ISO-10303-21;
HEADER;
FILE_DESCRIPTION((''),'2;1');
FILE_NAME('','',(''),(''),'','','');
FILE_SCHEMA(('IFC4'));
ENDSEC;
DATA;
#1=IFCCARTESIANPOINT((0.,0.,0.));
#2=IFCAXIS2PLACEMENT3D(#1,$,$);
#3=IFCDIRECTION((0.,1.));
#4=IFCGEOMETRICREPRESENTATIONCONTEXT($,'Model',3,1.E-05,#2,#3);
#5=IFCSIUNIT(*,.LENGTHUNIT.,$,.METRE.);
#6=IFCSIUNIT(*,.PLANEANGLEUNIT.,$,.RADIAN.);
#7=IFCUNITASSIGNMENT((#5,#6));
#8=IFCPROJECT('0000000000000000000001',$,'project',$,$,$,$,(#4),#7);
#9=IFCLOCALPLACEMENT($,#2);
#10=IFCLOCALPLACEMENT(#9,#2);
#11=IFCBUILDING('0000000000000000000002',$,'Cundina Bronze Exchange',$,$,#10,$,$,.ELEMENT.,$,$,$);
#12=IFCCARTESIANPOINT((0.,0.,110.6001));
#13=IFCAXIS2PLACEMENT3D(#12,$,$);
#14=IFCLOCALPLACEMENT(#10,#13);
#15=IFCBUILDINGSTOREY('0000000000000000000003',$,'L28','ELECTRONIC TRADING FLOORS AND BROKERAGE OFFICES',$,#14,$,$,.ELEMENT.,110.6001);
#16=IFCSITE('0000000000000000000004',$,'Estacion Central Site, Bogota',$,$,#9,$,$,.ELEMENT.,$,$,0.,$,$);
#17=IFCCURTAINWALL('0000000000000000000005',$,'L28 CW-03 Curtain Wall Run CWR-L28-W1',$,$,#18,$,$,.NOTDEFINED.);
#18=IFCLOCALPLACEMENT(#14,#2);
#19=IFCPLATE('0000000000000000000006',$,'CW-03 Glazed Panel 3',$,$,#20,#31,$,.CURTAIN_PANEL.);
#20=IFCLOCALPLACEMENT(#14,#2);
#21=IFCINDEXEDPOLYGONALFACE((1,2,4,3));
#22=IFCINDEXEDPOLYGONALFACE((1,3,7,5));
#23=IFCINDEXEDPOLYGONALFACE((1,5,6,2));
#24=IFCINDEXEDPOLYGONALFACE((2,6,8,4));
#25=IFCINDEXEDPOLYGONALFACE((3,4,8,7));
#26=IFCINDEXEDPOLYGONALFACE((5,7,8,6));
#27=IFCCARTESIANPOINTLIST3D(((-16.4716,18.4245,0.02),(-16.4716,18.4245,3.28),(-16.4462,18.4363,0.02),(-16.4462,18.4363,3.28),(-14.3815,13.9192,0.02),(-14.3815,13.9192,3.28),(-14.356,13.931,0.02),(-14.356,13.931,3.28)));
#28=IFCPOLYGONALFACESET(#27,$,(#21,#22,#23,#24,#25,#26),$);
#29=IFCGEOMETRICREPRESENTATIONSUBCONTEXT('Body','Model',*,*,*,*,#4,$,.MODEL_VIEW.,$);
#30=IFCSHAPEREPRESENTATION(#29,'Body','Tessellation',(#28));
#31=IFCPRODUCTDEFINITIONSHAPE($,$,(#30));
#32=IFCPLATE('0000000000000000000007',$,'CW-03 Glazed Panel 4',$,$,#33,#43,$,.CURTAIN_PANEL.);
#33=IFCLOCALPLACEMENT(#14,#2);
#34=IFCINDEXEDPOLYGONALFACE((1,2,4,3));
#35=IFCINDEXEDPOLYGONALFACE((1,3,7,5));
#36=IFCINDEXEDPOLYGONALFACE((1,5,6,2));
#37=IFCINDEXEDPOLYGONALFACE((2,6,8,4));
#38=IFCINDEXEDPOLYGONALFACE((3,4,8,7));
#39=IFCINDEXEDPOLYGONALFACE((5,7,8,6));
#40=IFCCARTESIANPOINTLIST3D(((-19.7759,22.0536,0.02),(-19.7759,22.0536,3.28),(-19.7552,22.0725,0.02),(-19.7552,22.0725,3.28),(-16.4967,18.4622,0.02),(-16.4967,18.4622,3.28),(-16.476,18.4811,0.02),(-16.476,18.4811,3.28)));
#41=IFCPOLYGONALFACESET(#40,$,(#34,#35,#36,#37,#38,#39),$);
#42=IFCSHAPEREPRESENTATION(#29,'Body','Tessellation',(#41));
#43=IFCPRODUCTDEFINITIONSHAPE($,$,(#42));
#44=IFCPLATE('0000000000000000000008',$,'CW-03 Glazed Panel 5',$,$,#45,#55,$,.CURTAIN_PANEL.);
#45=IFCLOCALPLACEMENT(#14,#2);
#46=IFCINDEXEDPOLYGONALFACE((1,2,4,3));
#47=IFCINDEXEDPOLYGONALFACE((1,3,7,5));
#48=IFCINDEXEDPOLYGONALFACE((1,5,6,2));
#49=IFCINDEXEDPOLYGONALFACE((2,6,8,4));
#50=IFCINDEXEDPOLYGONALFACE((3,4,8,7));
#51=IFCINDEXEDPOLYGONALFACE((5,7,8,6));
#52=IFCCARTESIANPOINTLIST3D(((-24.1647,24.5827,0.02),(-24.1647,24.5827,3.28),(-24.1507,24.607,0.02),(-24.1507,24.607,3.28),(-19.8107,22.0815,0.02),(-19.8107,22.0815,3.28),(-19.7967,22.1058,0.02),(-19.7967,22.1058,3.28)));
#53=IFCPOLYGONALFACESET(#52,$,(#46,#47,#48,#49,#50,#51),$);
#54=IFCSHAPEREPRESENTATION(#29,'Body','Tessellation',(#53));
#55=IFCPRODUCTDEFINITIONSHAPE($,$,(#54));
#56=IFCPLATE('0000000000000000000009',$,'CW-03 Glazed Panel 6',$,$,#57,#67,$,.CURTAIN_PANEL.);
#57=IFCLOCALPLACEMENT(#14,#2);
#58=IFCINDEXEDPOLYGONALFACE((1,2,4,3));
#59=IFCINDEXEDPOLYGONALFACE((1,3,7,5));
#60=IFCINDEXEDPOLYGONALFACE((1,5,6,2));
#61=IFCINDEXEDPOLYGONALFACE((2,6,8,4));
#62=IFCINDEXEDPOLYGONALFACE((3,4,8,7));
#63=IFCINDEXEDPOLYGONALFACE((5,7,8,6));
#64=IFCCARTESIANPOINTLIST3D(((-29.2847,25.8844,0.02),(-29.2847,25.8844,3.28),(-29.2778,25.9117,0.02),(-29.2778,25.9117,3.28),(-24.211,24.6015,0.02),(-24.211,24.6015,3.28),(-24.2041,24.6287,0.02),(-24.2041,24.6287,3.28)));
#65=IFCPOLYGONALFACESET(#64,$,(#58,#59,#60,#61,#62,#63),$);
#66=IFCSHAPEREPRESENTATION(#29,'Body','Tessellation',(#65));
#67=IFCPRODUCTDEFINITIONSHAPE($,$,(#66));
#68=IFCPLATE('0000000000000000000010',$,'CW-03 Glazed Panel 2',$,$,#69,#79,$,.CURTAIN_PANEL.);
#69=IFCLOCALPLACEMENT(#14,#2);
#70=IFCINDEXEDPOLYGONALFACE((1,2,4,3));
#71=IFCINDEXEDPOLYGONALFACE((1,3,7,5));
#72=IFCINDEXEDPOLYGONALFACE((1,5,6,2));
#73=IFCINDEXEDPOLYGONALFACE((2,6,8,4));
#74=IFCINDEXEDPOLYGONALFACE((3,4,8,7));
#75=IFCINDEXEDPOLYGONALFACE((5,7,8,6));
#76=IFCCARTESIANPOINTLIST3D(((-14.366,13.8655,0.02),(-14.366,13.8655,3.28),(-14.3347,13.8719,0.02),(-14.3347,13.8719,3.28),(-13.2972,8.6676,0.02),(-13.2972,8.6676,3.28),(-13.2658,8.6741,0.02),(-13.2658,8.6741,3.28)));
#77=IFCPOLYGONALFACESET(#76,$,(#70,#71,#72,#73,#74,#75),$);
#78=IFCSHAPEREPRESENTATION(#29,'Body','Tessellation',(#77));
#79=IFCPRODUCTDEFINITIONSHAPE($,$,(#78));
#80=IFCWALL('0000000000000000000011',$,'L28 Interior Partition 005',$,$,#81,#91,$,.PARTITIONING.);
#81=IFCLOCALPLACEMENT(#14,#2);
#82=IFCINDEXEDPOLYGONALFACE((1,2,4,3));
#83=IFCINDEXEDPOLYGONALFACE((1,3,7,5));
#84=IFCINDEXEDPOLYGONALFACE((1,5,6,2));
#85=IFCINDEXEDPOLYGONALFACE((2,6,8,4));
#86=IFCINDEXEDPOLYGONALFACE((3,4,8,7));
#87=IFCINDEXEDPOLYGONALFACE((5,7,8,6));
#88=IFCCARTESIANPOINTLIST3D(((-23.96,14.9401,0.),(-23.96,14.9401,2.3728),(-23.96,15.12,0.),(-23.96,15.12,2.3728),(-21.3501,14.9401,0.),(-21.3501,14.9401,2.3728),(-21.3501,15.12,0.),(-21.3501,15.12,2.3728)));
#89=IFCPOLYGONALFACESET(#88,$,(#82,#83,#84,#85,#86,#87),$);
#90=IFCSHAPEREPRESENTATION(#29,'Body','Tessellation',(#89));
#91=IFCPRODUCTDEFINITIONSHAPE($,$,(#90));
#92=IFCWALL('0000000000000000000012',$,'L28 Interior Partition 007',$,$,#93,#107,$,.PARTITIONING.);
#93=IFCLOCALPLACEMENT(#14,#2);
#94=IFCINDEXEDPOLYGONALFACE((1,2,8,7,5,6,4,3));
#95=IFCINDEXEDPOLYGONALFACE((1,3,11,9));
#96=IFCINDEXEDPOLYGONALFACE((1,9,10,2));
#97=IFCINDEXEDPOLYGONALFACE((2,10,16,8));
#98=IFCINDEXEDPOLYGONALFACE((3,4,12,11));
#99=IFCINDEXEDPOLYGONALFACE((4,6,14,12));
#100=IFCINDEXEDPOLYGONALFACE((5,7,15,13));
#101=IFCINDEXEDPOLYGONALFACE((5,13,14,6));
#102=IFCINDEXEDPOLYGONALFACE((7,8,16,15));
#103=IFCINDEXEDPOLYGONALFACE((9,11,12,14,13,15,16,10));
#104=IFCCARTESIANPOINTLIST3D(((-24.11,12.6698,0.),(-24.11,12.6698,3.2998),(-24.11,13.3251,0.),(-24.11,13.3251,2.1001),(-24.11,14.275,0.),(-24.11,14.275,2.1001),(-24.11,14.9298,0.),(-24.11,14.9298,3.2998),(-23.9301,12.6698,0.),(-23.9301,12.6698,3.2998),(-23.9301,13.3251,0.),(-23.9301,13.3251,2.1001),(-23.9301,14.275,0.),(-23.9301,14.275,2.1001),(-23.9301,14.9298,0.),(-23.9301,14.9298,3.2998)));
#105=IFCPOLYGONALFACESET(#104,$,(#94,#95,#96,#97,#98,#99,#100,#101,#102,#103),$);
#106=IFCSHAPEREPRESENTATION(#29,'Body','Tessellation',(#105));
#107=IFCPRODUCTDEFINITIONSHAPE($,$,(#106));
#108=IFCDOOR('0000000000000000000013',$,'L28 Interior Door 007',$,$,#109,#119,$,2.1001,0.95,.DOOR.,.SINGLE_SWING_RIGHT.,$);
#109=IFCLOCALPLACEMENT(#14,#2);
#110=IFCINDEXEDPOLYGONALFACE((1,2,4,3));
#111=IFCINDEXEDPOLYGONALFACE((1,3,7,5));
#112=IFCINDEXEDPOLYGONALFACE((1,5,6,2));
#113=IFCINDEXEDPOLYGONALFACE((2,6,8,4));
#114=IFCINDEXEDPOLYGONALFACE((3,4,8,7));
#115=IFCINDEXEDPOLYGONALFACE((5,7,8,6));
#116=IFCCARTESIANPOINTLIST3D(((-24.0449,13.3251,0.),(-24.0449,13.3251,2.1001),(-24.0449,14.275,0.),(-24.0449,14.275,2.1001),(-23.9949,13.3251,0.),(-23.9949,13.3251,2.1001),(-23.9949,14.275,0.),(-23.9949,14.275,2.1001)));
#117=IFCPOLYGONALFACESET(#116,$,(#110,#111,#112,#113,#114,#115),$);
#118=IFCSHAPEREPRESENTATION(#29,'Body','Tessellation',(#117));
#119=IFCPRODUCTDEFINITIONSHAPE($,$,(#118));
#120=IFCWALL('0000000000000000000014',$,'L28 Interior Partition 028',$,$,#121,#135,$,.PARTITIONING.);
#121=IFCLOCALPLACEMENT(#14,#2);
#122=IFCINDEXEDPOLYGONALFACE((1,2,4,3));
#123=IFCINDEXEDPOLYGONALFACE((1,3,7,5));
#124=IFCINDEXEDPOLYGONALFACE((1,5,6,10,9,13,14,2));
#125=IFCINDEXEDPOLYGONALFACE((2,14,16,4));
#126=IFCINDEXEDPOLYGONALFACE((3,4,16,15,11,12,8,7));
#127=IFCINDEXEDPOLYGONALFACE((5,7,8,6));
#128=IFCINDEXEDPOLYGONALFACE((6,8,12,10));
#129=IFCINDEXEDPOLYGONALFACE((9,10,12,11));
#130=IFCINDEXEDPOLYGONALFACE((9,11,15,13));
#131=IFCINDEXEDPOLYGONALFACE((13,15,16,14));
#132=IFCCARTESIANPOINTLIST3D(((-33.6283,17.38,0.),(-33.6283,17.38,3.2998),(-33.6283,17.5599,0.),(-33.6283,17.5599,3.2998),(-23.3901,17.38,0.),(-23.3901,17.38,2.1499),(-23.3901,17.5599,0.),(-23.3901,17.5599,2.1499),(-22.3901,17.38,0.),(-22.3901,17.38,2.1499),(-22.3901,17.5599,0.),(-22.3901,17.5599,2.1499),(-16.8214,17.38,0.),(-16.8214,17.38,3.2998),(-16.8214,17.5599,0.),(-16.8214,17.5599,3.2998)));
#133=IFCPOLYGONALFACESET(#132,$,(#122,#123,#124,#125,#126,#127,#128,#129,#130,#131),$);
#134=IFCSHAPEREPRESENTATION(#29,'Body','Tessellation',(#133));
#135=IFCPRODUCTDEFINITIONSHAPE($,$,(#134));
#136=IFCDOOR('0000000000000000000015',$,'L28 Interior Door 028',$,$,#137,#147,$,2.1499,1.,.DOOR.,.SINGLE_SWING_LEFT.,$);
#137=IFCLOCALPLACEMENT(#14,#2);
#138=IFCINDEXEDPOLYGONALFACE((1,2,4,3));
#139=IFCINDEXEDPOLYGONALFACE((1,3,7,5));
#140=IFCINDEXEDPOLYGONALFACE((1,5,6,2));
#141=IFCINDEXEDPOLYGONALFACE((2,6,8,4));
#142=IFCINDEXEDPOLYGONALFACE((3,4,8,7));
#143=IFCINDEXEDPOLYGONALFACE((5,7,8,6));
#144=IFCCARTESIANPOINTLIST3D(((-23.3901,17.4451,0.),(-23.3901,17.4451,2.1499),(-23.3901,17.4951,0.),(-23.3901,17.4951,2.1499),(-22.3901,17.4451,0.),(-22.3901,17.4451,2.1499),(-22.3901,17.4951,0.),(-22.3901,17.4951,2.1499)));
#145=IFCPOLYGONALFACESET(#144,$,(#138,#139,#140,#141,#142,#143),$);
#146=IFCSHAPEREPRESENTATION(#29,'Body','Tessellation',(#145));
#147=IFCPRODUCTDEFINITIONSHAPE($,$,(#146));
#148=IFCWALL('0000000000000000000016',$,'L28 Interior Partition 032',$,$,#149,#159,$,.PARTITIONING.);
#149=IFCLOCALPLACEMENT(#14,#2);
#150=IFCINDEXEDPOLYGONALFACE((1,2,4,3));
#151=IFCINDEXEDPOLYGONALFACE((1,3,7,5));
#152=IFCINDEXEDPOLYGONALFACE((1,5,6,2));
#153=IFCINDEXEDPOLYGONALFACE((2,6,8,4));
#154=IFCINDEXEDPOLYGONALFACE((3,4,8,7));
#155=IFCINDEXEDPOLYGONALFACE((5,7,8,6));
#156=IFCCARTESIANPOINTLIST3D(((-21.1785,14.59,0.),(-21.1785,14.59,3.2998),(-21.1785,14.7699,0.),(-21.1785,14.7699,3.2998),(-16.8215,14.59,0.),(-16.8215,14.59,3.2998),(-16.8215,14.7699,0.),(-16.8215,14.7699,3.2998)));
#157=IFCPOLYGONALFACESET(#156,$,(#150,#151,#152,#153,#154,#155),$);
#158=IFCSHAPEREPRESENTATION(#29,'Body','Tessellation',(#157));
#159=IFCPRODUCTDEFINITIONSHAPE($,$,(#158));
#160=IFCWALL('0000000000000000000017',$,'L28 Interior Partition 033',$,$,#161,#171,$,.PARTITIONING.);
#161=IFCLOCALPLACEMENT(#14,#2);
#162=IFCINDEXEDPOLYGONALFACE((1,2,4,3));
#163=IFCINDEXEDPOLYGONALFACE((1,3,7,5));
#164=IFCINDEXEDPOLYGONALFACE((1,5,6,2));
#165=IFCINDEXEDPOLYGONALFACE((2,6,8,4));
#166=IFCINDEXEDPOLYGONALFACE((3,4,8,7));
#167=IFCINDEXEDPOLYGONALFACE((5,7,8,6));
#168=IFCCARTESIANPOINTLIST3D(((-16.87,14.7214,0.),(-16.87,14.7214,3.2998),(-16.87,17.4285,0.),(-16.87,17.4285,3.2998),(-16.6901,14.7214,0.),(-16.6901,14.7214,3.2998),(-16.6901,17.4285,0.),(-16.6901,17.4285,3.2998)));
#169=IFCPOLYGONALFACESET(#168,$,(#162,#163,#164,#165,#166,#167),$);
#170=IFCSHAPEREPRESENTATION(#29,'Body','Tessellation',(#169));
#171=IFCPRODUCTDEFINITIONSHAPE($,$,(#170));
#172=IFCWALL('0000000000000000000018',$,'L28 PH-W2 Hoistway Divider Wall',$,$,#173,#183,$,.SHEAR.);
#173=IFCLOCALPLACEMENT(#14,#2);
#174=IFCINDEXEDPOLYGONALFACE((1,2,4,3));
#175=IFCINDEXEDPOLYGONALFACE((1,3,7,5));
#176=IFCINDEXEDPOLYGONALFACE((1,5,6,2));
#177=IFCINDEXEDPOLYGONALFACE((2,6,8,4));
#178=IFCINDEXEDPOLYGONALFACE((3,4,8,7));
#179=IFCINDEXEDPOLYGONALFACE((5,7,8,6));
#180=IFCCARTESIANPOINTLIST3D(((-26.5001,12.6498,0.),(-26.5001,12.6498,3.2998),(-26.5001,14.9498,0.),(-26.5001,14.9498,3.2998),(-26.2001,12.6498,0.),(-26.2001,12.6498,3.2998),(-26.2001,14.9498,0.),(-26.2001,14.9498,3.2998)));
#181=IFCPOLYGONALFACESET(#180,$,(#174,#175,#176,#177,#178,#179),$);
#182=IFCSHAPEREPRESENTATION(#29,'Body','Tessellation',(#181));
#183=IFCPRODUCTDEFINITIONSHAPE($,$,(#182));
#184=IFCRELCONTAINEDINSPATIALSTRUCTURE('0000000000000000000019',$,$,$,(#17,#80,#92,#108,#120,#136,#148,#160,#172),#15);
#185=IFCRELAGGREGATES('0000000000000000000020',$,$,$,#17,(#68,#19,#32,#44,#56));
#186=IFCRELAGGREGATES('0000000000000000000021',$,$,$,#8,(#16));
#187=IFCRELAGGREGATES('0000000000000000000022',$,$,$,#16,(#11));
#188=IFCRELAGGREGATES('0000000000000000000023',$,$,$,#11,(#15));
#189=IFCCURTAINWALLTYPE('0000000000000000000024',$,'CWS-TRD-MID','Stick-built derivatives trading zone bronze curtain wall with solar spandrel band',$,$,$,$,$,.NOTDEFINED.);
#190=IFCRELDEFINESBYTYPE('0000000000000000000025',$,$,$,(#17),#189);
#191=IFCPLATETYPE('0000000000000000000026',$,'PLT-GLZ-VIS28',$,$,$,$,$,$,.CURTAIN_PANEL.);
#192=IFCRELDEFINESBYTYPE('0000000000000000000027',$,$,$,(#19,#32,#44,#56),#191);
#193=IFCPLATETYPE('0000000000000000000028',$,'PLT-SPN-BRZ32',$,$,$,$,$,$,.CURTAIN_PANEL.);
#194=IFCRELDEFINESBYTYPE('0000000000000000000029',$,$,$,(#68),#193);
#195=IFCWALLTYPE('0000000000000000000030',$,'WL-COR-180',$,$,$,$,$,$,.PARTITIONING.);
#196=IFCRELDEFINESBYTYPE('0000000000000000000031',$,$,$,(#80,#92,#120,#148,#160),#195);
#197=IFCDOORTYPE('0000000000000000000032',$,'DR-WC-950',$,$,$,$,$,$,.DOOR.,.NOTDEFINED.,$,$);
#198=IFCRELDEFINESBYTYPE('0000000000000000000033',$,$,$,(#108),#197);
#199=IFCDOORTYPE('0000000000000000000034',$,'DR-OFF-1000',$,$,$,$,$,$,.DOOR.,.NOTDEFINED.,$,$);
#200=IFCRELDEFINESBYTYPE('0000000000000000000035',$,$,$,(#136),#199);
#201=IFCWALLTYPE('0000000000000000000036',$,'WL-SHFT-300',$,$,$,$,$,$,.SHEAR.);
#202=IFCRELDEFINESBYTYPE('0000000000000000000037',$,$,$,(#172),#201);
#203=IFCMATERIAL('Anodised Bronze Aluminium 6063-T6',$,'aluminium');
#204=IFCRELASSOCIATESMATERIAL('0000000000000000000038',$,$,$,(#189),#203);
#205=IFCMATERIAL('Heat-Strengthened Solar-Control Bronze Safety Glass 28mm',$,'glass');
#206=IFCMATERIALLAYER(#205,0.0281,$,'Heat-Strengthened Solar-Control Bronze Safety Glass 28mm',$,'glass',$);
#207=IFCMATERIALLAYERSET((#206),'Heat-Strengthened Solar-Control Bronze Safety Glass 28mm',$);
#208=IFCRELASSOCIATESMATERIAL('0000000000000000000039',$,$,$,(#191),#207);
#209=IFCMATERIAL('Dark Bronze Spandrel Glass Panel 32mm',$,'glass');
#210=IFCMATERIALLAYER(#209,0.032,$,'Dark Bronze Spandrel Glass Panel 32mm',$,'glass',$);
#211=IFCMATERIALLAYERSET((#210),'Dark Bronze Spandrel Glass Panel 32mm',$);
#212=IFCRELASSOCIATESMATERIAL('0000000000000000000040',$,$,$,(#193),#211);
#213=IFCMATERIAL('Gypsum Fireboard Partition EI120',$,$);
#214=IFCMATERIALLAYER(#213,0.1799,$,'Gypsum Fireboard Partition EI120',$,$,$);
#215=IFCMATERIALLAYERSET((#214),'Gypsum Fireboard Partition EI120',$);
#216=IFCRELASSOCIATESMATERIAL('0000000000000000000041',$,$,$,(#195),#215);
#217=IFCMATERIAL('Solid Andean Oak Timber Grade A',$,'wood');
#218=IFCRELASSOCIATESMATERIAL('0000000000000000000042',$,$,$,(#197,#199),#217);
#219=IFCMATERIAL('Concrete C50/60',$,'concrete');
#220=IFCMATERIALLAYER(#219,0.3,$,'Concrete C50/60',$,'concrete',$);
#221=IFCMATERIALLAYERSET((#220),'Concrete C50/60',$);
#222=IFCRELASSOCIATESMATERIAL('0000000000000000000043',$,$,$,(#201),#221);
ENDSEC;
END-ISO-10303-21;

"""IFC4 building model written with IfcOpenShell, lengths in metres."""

from ifc_helpers import new_model, si_unit, direction, frame, frame_2d, origin, origin_2d, place, context, subcontext, project, spatial, rectangle, extrude, material, layer, layer_set, type_object, element, fill, aggregate, save


model = new_model("IFC4")

# Units and contexts
model_context = context("Model", 3, precision=1e-05, world=origin(), true_north=direction((0.0, 1.0)))
body_context = subcontext(model_context, "Body", "Model", "MODEL_VIEW")
ifc_project = project(units=[si_unit("LENGTHUNIT", "METRE"), si_unit("PLANEANGLEUNIT", "RADIAN")], contexts=[model_context])

# Site, building, storey
site_placement = place(None, origin())
site = spatial("IfcSite", under=ifc_project, at=site_placement, Name="Estacion Central Site, Bogota", CompositionType="ELEMENT", RefElevation=0.0)
building_placement = place(site_placement, origin())
building = spatial("IfcBuilding", under=site, at=building_placement, Name="Cundina Bronze Exchange", CompositionType="ELEMENT")
storey_placement = place(building_placement, frame((0.0, 0.0, 110.6001)))
storey = spatial("IfcBuildingStorey", under=building, at=storey_placement, Name="L28", Description="ELECTRONIC TRADING FLOORS AND BROKERAGE OFFICES", CompositionType="ELEMENT", Elevation=110.6001)

# Curtain wall, plates
ifc_material_1 = material(Name="Anodised Bronze Aluminium 6063-T6", Category="aluminium")
curtain_wall_type = type_object("IfcCurtainWallType", Name="CWS-TRD-MID", Description="Stick-built derivatives trading zone bronze curtain wall with solar spandrel band", PredefinedType="NOTDEFINED", material=ifc_material_1)
curtain_wall_placement = place(storey_placement, origin())
curtain_wall = element("IfcCurtainWall", 1, at=curtain_wall_placement, inside=storey, type_object=curtain_wall_type, Name="L28 CW-03 Curtain Wall Run CWR-L28-W1", PredefinedType="NOTDEFINED")
ifc_material_2 = material(Name="Heat-Strengthened Solar-Control Bronze Safety Glass 28mm", Category="glass")
ifc_layer_1 = layer(ifc_material_2, 0.0281, Name="Heat-Strengthened Solar-Control Bronze Safety Glass 28mm", Category="glass")
ifc_layer_set_1 = layer_set([ifc_layer_1], Name="Heat-Strengthened Solar-Control Bronze Safety Glass 28mm")
plate_type_1 = type_object("IfcPlateType", Name="PLT-GLZ-VIS28", PredefinedType="CURTAIN_PANEL", material=ifc_layer_set_1)
plate_1_placement = place(storey_placement, frame((-15.4138, 16.1777, 0.02), z_axis=(0.0, 0.0, 1.0), x_axis=(-0.420846, 0.907132, 0.0)))
plate_1 = element("IfcPlate", 2, at=plate_1_placement, type_object=plate_type_1, Name="CW-03 Glazed Panel 3", PredefinedType="CURTAIN_PANEL", context=body_context, shape_type="SweptSolid", body=[
    extrude(rectangle(XDim=4.9666, YDim=0.0281, at=origin_2d()), origin(), (0.0, 0.0, 1.0), 3.26),
])
plate_2_placement = place(storey_placement, frame((-18.126, 20.2673, 0.02), z_axis=(0.0, 0.0, 1.0), x_axis=(-0.674277, 0.738479, 0.0)))
plate_2 = element("IfcPlate", 3, at=plate_2_placement, type_object=plate_type_1, Name="CW-03 Glazed Panel 4", PredefinedType="CURTAIN_PANEL", context=body_context, shape_type="SweptSolid", body=[
    extrude(rectangle(XDim=4.8633, YDim=0.0281, at=origin_2d()), origin(), (0.0, 0.0, 1.0), 3.26),
])
plate_3_placement = place(storey_placement, frame((-21.9807, 23.3442, 0.02), z_axis=(0.0, 0.0, 1.0), x_axis=(-0.867105, 0.498125, 0.0)))
plate_3 = element("IfcPlate", 4, at=plate_3_placement, type_object=plate_type_1, Name="CW-03 Glazed Panel 5", PredefinedType="CURTAIN_PANEL", context=body_context, shape_type="SweptSolid", body=[
    extrude(rectangle(XDim=5.0212, YDim=0.0281, at=origin_2d()), origin(), (0.0, 0.0, 1.0), 3.26),
])
plate_4_placement = place(storey_placement, frame((-26.7444, 25.2566, 0.02), z_axis=(0.0, 0.0, 1.0), x_axis=(-0.969488, 0.245138, 0.0)))
plate_4 = element("IfcPlate", 5, at=plate_4_placement, type_object=plate_type_1, Name="CW-03 Glazed Panel 6", PredefinedType="CURTAIN_PANEL", context=body_context, shape_type="SweptSolid", body=[
    extrude(rectangle(XDim=5.2334, YDim=0.0281, at=origin_2d()), origin(), (0.0, 0.0, 1.0), 3.26),
])
ifc_material_3 = material(Name="Dark Bronze Spandrel Glass Panel 32mm", Category="glass")
ifc_layer_2 = layer(ifc_material_3, 0.032, Name="Dark Bronze Spandrel Glass Panel 32mm", Category="glass")
ifc_layer_set_2 = layer_set([ifc_layer_2], Name="Dark Bronze Spandrel Glass Panel 32mm")
plate_type_2 = type_object("IfcPlateType", Name="PLT-SPN-BRZ32", PredefinedType="CURTAIN_PANEL", material=ifc_layer_set_2)
plate_5_placement = place(storey_placement, frame((-13.8159, 11.2698, 0.02), z_axis=(0.0, 0.0, 1.0), x_axis=(-0.20142, 0.979505, 0.0)))
plate_5 = element("IfcPlate", 6, at=plate_5_placement, type_object=plate_type_2, Name="CW-03 Glazed Panel 2", PredefinedType="CURTAIN_PANEL", context=body_context, shape_type="SweptSolid", body=[
    extrude(rectangle(XDim=5.3066, YDim=0.032, at=origin_2d()), origin(), (0.0, 0.0, 1.0), 3.26),
])
aggregate(curtain_wall, [plate_5, plate_1, plate_2, plate_3, plate_4])

# Wall
ifc_material_4 = material(Name="Gypsum Fireboard Partition EI120")
ifc_layer_3 = layer(ifc_material_4, 0.1799, Name="Gypsum Fireboard Partition EI120")
ifc_layer_set_3 = layer_set([ifc_layer_3], Name="Gypsum Fireboard Partition EI120")
wall_type_1 = type_object("IfcWallType", Name="WL-COR-180", PredefinedType="PARTITIONING", material=ifc_layer_set_3)
wall_1_placement = place(storey_placement, frame((-23.96, 15.03, 0.0), z_axis=(0.0, 0.0, 1.0), x_axis=(1.0, 0.0, 0.0)))
element("IfcWall", 7, at=wall_1_placement, inside=storey, type_object=wall_type_1, Name="L28 Interior Partition 005", PredefinedType="PARTITIONING", context=body_context, shape_type="SweptSolid", body=[
    extrude(rectangle(XDim=2.6099, YDim=0.1799, at=frame_2d((1.3049, 0.0))), origin(), (0.0, 0.0, 1.0), 2.3728),
])

# Walls, openings, doors
wall_2_placement = place(storey_placement, frame((-24.02, 12.6699, 0.0), z_axis=(0.0, 0.0, 1.0), x_axis=(0.0, 1.0, 0.0)))
wall_2 = element("IfcWall", 8, at=wall_2_placement, inside=storey, type_object=wall_type_1, Name="L28 Interior Partition 007", PredefinedType="PARTITIONING", context=body_context, shape_type="SweptSolid", body=[
    extrude(rectangle(XDim=2.26, YDim=0.1799, at=frame_2d((1.1299, 0.0))), origin(), (0.0, 0.0, 1.0), 3.2998),
])
opening_1_placement = place(wall_2_placement, frame((0.655, 0.0, 0.0)))
opening_1 = element("IfcOpeningElement", 9, at=opening_1_placement, cuts=wall_2, PredefinedType="OPENING", context=body_context, shape_type="SweptSolid", body=[
    extrude(rectangle(XDim=0.95, YDim=2.1001, at=frame_2d((0.4751, 1.05))), frame((0.0, 0.0999, 0.0), z_axis=(0.0, -1.0, 0.0), x_axis=(1.0, 0.0, 0.0)), (0.0, 0.0, 1.0), 0.2),
])
ifc_material_5 = material(Name="Solid Andean Oak Timber Grade A", Category="wood")
door_type_1 = type_object("IfcDoorType", Name="DR-WC-950", OperationType="NOTDEFINED", PredefinedType="DOOR", material=ifc_material_5)
door_1_placement = place(opening_1_placement, origin())
door_1 = element("IfcDoor", 10, at=door_1_placement, inside=storey, type_object=door_type_1, Name="L28 Interior Door 007", OperationType="SINGLE_SWING_RIGHT", OverallHeight=2.1001, OverallWidth=0.95, PredefinedType="DOOR", context=body_context, shape_type="SweptSolid", body=[
    extrude(rectangle(XDim=0.95, YDim=2.1001, at=frame_2d((0.4751, 1.05))), frame((0.0, 0.0249, 0.0), z_axis=(0.0, -1.0, 0.0), x_axis=(1.0, 0.0, 0.0)), (0.0, 0.0, 1.0), 0.05),
])
fill(opening_1, door_1)
wall_3_placement = place(storey_placement, frame((-16.8215, 17.47, 0.0), z_axis=(0.0, 0.0, 1.0), x_axis=(-1.0, 0.0, 0.0)))
wall_3 = element("IfcWall", 11, at=wall_3_placement, inside=storey, type_object=wall_type_1, Name="L28 Interior Partition 028", PredefinedType="PARTITIONING", context=body_context, shape_type="SweptSolid", body=[
    extrude(rectangle(XDim=16.8069, YDim=0.1799, at=frame_2d((8.4033, 0.0))), origin(), (0.0, 0.0, 1.0), 3.2998),
])
opening_2_placement = place(wall_3_placement, frame((5.5686, 0.0, 0.0)))
opening_2 = element("IfcOpeningElement", 12, at=opening_2_placement, cuts=wall_3, PredefinedType="OPENING", context=body_context, shape_type="SweptSolid", body=[
    extrude(rectangle(XDim=1.0, YDim=2.1499, at=frame_2d((0.5, 1.075))), frame((0.0, 0.0999, 0.0), z_axis=(0.0, -1.0, 0.0), x_axis=(1.0, 0.0, 0.0)), (0.0, 0.0, 1.0), 0.2),
])
door_type_2 = type_object("IfcDoorType", Name="DR-OFF-1000", OperationType="NOTDEFINED", PredefinedType="DOOR", material=ifc_material_5)
door_2_placement = place(opening_2_placement, origin())
door_2 = element("IfcDoor", 13, at=door_2_placement, inside=storey, type_object=door_type_2, Name="L28 Interior Door 028", OperationType="SINGLE_SWING_LEFT", OverallHeight=2.1499, OverallWidth=1.0, PredefinedType="DOOR", context=body_context, shape_type="SweptSolid", body=[
    extrude(rectangle(XDim=1.0, YDim=2.1499, at=frame_2d((0.5, 1.075))), frame((0.0, 0.0249, 0.0), z_axis=(0.0, -1.0, 0.0), x_axis=(1.0, 0.0, 0.0)), (0.0, 0.0, 1.0), 0.05),
])
fill(opening_2, door_2)

# Walls
wall_4_placement = place(storey_placement, frame((-21.1785, 14.6799, 0.0), z_axis=(0.0, 0.0, 1.0), x_axis=(1.0, 0.0, 0.0)))
element("IfcWall", 14, at=wall_4_placement, inside=storey, type_object=wall_type_1, Name="L28 Interior Partition 032", PredefinedType="PARTITIONING", context=body_context, shape_type="SweptSolid", body=[
    extrude(rectangle(XDim=4.3569, YDim=0.1799, at=frame_2d((2.1785, 0.0))), origin(), (0.0, 0.0, 1.0), 3.2998),
])
wall_5_placement = place(storey_placement, frame((-16.78, 14.7214, 0.0), z_axis=(0.0, 0.0, 1.0), x_axis=(0.0, 1.0, 0.0)))
element("IfcWall", 15, at=wall_5_placement, inside=storey, type_object=wall_type_1, Name="L28 Interior Partition 033", PredefinedType="PARTITIONING", context=body_context, shape_type="SweptSolid", body=[
    extrude(rectangle(XDim=2.707, YDim=0.1799, at=frame_2d((1.3535, 0.0))), origin(), (0.0, 0.0, 1.0), 3.2998),
])

# Shared definitions
ifc_material_6 = material(Name="Concrete C50/60", Category="concrete")
ifc_layer_4 = layer(ifc_material_6, 0.3, Name="Concrete C50/60", Category="concrete")
ifc_layer_set_4 = layer_set([ifc_layer_4], Name="Concrete C50/60")
wall_type_2 = type_object("IfcWallType", Name="WL-SHFT-300", PredefinedType="SHEAR", material=ifc_layer_set_4)

# Wall
wall_6_placement = place(storey_placement, frame((-26.3501, 12.6499, 0.0), z_axis=(0.0, 0.0, 1.0), x_axis=(0.0, 1.0, 0.0)))
element("IfcWall", 16, at=wall_6_placement, inside=storey, type_object=wall_type_2, Name="L28 PH-W2 Hoistway Divider Wall", PredefinedType="SHEAR", context=body_context, shape_type="SweptSolid", body=[
    extrude(rectangle(XDim=2.3, YDim=0.3, at=frame_2d((1.1499, 0.0))), origin(), (0.0, 0.0, 1.0), 3.2998),
])

save(model, "model.ifc")
